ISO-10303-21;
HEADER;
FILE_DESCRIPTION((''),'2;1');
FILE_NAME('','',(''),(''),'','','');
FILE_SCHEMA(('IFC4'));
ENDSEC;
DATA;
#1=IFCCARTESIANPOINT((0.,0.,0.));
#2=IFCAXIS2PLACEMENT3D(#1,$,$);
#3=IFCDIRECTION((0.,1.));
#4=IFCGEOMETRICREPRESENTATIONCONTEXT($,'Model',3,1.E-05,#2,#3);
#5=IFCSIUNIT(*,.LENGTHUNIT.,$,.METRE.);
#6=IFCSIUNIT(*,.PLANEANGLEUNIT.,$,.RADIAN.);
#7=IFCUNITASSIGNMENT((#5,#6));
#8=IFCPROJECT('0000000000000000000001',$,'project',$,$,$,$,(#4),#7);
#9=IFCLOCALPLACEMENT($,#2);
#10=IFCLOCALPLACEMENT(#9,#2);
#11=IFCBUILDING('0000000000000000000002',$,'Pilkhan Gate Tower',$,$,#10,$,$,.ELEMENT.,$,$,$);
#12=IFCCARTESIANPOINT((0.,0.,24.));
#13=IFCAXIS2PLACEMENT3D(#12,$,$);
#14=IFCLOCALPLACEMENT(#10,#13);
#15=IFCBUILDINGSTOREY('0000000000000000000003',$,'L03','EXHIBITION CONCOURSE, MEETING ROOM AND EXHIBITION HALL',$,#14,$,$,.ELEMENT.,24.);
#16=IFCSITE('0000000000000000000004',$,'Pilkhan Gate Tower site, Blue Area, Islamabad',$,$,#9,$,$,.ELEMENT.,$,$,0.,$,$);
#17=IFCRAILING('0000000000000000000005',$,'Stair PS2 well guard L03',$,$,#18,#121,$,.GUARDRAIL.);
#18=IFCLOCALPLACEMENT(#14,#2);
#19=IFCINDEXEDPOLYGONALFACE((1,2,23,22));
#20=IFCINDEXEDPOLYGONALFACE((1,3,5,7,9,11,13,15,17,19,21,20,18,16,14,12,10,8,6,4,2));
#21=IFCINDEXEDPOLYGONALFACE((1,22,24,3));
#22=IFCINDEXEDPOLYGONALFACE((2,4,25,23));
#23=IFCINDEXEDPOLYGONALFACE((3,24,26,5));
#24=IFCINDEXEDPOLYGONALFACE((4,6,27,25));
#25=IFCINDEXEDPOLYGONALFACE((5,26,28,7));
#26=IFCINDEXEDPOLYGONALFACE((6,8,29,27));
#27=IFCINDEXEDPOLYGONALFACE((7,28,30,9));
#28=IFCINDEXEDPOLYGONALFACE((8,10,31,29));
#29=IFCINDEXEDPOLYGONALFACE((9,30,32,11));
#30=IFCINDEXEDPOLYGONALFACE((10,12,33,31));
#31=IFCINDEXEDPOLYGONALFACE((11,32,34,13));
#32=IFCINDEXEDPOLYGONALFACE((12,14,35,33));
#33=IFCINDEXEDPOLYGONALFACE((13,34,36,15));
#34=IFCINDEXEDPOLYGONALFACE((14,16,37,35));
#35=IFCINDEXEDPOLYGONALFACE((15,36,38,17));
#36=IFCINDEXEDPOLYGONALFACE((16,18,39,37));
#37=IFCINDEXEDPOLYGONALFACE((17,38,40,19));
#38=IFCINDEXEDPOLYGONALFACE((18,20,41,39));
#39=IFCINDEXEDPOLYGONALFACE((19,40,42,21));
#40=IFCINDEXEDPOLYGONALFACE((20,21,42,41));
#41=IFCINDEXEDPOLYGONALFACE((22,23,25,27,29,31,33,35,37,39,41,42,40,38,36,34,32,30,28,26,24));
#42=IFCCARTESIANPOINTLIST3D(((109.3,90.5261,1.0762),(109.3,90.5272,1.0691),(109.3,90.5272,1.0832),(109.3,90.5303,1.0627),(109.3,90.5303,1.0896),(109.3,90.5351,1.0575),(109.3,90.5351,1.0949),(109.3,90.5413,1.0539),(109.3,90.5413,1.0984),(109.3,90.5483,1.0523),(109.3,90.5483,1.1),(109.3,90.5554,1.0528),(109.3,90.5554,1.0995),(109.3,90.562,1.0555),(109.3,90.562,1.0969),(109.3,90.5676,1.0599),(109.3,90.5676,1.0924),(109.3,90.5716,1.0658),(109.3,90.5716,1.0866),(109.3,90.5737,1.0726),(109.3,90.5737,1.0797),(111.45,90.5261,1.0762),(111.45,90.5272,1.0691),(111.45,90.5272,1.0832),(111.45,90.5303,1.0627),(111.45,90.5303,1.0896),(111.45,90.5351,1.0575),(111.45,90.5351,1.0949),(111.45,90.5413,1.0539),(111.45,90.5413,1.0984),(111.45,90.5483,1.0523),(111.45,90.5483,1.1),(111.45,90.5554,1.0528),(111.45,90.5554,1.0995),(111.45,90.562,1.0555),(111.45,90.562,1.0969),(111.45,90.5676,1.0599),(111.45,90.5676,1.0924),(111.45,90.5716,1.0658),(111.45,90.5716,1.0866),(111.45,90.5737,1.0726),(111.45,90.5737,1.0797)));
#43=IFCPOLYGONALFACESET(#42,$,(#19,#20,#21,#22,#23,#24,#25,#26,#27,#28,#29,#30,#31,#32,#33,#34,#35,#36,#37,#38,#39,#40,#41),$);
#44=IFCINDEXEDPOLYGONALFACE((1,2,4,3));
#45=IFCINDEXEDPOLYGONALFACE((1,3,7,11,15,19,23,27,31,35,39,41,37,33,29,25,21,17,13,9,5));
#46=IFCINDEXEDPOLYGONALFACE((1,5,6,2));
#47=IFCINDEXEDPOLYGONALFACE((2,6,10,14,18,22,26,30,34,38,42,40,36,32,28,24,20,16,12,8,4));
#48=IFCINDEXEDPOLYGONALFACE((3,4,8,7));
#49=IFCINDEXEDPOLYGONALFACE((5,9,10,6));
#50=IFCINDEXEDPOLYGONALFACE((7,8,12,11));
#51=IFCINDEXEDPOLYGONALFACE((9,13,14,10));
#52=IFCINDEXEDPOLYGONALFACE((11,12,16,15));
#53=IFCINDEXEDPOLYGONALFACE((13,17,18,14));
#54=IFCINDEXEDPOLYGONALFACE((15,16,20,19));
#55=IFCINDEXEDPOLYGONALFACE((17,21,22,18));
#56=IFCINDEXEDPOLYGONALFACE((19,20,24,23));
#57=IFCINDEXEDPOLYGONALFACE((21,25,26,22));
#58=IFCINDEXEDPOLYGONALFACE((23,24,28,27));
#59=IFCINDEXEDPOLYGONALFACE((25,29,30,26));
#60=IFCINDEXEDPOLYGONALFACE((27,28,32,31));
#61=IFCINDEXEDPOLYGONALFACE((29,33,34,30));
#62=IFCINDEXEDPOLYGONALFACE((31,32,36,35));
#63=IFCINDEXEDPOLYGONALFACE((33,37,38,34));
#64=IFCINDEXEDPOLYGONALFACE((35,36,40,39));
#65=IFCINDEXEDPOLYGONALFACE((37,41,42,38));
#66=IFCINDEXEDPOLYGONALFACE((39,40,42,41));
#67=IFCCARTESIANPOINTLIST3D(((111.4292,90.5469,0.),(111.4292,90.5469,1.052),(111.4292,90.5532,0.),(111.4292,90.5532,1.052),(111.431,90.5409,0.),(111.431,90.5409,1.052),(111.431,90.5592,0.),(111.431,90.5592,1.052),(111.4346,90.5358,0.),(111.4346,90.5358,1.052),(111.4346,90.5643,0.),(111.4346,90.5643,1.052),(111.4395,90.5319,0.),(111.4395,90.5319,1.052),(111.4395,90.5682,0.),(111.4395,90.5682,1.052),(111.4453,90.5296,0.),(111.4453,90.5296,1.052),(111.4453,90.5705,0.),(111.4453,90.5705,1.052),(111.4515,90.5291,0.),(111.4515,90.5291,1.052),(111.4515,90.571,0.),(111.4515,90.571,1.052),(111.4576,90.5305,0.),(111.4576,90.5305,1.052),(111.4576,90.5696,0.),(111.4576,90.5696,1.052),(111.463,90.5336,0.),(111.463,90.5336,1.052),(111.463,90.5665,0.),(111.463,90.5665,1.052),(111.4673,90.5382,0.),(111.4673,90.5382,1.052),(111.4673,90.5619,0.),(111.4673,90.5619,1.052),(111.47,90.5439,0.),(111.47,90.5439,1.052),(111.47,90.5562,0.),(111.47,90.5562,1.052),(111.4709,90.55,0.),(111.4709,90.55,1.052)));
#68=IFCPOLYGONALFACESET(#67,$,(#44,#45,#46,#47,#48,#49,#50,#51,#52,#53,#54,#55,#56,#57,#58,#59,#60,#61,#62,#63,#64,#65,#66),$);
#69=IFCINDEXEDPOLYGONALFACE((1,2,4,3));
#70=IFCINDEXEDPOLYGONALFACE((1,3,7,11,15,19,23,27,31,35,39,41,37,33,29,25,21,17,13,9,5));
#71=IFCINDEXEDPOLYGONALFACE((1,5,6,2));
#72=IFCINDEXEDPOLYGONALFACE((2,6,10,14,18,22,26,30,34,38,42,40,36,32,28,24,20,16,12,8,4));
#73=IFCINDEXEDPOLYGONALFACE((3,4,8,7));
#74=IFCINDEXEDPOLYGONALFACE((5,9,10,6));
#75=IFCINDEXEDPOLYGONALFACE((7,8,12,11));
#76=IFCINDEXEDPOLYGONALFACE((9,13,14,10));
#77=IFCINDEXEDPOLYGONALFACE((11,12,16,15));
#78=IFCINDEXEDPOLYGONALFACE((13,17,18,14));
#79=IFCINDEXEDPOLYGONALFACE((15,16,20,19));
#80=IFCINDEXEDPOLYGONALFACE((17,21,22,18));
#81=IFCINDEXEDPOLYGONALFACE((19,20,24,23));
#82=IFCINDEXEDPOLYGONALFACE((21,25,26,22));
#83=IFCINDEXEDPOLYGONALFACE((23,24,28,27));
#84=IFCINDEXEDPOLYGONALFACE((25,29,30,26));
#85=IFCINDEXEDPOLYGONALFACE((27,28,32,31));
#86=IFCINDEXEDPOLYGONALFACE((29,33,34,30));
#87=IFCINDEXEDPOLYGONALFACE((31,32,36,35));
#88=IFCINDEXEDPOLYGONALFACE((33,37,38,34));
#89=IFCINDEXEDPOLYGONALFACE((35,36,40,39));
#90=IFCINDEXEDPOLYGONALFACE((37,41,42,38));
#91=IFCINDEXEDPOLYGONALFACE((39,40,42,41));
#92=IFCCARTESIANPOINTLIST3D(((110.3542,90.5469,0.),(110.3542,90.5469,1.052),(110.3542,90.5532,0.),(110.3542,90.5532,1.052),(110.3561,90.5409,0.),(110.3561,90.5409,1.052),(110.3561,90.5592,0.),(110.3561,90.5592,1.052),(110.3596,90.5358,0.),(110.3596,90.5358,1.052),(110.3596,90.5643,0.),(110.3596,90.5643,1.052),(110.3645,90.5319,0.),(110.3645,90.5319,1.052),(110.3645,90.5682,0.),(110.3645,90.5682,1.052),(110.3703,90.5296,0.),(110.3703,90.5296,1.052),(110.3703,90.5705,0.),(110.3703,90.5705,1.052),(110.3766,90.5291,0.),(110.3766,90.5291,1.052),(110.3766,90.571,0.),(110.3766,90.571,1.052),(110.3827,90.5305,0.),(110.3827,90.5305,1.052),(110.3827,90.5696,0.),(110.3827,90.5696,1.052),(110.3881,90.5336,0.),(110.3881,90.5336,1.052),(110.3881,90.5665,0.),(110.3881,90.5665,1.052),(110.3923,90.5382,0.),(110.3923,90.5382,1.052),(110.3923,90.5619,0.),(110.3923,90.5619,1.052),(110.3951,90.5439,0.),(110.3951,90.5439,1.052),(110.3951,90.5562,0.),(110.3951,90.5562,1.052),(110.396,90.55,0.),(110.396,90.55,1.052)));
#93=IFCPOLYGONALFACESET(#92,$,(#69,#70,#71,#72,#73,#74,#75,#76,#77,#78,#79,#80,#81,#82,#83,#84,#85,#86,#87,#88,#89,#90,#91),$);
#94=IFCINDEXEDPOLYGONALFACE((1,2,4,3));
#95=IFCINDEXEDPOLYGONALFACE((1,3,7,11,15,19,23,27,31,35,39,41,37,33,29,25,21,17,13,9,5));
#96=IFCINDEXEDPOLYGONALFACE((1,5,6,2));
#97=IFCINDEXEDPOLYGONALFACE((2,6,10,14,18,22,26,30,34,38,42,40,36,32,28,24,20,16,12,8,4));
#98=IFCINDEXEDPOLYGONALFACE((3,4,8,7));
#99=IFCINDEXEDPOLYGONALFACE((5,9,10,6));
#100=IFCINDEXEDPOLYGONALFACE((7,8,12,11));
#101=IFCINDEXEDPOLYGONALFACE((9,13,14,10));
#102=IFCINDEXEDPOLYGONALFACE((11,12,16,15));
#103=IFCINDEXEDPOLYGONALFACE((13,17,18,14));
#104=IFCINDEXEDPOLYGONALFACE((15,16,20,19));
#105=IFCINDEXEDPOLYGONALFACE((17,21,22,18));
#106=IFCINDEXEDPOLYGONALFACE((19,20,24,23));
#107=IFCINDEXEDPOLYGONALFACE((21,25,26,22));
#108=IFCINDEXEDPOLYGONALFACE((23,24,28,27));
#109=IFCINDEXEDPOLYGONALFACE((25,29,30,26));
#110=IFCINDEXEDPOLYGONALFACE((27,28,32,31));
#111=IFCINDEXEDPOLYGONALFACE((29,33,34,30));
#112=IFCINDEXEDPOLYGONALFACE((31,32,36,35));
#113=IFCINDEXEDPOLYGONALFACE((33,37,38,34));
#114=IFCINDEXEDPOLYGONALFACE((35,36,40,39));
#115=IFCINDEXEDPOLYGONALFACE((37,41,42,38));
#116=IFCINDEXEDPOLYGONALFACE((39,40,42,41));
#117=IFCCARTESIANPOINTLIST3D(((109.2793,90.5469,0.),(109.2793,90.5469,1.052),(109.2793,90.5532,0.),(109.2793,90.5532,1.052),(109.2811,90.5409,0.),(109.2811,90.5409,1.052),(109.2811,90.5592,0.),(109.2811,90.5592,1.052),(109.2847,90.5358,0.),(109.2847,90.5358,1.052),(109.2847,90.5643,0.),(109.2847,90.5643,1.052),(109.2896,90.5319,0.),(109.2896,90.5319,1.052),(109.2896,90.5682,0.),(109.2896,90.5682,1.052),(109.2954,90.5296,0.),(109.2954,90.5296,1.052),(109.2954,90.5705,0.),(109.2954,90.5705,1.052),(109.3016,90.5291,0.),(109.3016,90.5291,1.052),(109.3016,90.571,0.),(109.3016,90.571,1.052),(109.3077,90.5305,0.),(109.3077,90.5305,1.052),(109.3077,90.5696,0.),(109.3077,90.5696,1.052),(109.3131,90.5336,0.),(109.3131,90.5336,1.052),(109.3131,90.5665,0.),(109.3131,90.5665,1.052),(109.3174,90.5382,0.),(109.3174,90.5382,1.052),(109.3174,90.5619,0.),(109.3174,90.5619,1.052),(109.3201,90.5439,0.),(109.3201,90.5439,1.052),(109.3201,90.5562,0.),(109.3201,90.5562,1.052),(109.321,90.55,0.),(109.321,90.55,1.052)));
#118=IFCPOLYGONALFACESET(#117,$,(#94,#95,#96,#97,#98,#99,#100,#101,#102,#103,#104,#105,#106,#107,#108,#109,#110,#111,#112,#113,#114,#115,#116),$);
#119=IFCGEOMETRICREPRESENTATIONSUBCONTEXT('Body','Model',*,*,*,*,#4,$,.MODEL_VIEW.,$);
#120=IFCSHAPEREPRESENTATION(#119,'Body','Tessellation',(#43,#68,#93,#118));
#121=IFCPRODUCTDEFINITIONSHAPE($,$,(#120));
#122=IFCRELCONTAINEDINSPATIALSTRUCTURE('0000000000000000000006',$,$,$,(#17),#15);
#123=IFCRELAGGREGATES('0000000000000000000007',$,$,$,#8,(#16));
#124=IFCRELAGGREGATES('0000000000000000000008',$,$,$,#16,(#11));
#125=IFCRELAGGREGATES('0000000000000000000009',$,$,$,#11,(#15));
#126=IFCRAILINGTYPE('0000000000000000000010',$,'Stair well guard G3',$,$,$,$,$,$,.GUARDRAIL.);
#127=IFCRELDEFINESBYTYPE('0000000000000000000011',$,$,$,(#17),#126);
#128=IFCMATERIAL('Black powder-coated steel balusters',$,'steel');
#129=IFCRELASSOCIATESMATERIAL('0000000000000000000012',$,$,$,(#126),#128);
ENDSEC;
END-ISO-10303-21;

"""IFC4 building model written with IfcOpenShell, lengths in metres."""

from ifc_helpers import new_model, si_unit, direction, frame, origin, origin_2d, place, context, subcontext, project, spatial, circle, extrude, material, type_object, element, save


model = new_model("IFC4")

# Units and contexts
model_context = context("Model", 3, precision=1e-05, world=origin(), true_north=direction((0.0, 1.0)))
body_context = subcontext(model_context, "Body", "Model", "MODEL_VIEW")
ifc_project = project(units=[si_unit("LENGTHUNIT", "METRE"), si_unit("PLANEANGLEUNIT", "RADIAN")], contexts=[model_context])

# Site, building, storey
site_placement = place(None, origin())
site = spatial("IfcSite", under=ifc_project, at=site_placement, Name="Pilkhan Gate Tower site, Blue Area, Islamabad", CompositionType="ELEMENT", RefElevation=0.0)
building_placement = place(site_placement, origin())
building = spatial("IfcBuilding", under=site, at=building_placement, Name="Pilkhan Gate Tower", CompositionType="ELEMENT")
storey_placement = place(building_placement, frame((0.0, 0.0, 24.0)))
storey = spatial("IfcBuildingStorey", under=building, at=storey_placement, Name="L03", Description="EXHIBITION CONCOURSE, MEETING ROOM AND EXHIBITION HALL", CompositionType="ELEMENT", Elevation=24.0)

# Railing
ifc_material_1 = material(Name="Black powder-coated steel balusters", Category="steel")
railing_type = type_object("IfcRailingType", Name="Stair well guard G3", PredefinedType="GUARDRAIL", material=ifc_material_1)
railing_1_placement = place(storey_placement, frame((111.45, 90.55, 0.0)))
element("IfcRailing", 1, at=railing_1_placement, inside=storey, type_object=railing_type, Name="Stair PS2 well guard L03", PredefinedType="GUARDRAIL", context=body_context, shape_type="SweptSolid", body=[
    extrude(circle(Radius=0.0239, at=origin_2d()), frame((0.0, 0.0, 1.0762), z_axis=(-1.0, 0.0, 0.0), x_axis=(0.0, -1.0, 0.0)), (0.0, 0.0, 1.0), 2.1499),
    extrude(circle(Radius=0.021, at=origin_2d()), origin(), (0.0, 0.0, 1.0), 1.052),
    extrude(circle(Radius=0.021, at=origin_2d()), frame((-1.075, 0.0, 0.0)), (0.0, 0.0, 1.0), 1.052),
    extrude(circle(Radius=0.021, at=origin_2d()), frame((-2.1499, 0.0, 0.0)), (0.0, 0.0, 1.0), 1.052),
])

save(model, "model.ifc")
